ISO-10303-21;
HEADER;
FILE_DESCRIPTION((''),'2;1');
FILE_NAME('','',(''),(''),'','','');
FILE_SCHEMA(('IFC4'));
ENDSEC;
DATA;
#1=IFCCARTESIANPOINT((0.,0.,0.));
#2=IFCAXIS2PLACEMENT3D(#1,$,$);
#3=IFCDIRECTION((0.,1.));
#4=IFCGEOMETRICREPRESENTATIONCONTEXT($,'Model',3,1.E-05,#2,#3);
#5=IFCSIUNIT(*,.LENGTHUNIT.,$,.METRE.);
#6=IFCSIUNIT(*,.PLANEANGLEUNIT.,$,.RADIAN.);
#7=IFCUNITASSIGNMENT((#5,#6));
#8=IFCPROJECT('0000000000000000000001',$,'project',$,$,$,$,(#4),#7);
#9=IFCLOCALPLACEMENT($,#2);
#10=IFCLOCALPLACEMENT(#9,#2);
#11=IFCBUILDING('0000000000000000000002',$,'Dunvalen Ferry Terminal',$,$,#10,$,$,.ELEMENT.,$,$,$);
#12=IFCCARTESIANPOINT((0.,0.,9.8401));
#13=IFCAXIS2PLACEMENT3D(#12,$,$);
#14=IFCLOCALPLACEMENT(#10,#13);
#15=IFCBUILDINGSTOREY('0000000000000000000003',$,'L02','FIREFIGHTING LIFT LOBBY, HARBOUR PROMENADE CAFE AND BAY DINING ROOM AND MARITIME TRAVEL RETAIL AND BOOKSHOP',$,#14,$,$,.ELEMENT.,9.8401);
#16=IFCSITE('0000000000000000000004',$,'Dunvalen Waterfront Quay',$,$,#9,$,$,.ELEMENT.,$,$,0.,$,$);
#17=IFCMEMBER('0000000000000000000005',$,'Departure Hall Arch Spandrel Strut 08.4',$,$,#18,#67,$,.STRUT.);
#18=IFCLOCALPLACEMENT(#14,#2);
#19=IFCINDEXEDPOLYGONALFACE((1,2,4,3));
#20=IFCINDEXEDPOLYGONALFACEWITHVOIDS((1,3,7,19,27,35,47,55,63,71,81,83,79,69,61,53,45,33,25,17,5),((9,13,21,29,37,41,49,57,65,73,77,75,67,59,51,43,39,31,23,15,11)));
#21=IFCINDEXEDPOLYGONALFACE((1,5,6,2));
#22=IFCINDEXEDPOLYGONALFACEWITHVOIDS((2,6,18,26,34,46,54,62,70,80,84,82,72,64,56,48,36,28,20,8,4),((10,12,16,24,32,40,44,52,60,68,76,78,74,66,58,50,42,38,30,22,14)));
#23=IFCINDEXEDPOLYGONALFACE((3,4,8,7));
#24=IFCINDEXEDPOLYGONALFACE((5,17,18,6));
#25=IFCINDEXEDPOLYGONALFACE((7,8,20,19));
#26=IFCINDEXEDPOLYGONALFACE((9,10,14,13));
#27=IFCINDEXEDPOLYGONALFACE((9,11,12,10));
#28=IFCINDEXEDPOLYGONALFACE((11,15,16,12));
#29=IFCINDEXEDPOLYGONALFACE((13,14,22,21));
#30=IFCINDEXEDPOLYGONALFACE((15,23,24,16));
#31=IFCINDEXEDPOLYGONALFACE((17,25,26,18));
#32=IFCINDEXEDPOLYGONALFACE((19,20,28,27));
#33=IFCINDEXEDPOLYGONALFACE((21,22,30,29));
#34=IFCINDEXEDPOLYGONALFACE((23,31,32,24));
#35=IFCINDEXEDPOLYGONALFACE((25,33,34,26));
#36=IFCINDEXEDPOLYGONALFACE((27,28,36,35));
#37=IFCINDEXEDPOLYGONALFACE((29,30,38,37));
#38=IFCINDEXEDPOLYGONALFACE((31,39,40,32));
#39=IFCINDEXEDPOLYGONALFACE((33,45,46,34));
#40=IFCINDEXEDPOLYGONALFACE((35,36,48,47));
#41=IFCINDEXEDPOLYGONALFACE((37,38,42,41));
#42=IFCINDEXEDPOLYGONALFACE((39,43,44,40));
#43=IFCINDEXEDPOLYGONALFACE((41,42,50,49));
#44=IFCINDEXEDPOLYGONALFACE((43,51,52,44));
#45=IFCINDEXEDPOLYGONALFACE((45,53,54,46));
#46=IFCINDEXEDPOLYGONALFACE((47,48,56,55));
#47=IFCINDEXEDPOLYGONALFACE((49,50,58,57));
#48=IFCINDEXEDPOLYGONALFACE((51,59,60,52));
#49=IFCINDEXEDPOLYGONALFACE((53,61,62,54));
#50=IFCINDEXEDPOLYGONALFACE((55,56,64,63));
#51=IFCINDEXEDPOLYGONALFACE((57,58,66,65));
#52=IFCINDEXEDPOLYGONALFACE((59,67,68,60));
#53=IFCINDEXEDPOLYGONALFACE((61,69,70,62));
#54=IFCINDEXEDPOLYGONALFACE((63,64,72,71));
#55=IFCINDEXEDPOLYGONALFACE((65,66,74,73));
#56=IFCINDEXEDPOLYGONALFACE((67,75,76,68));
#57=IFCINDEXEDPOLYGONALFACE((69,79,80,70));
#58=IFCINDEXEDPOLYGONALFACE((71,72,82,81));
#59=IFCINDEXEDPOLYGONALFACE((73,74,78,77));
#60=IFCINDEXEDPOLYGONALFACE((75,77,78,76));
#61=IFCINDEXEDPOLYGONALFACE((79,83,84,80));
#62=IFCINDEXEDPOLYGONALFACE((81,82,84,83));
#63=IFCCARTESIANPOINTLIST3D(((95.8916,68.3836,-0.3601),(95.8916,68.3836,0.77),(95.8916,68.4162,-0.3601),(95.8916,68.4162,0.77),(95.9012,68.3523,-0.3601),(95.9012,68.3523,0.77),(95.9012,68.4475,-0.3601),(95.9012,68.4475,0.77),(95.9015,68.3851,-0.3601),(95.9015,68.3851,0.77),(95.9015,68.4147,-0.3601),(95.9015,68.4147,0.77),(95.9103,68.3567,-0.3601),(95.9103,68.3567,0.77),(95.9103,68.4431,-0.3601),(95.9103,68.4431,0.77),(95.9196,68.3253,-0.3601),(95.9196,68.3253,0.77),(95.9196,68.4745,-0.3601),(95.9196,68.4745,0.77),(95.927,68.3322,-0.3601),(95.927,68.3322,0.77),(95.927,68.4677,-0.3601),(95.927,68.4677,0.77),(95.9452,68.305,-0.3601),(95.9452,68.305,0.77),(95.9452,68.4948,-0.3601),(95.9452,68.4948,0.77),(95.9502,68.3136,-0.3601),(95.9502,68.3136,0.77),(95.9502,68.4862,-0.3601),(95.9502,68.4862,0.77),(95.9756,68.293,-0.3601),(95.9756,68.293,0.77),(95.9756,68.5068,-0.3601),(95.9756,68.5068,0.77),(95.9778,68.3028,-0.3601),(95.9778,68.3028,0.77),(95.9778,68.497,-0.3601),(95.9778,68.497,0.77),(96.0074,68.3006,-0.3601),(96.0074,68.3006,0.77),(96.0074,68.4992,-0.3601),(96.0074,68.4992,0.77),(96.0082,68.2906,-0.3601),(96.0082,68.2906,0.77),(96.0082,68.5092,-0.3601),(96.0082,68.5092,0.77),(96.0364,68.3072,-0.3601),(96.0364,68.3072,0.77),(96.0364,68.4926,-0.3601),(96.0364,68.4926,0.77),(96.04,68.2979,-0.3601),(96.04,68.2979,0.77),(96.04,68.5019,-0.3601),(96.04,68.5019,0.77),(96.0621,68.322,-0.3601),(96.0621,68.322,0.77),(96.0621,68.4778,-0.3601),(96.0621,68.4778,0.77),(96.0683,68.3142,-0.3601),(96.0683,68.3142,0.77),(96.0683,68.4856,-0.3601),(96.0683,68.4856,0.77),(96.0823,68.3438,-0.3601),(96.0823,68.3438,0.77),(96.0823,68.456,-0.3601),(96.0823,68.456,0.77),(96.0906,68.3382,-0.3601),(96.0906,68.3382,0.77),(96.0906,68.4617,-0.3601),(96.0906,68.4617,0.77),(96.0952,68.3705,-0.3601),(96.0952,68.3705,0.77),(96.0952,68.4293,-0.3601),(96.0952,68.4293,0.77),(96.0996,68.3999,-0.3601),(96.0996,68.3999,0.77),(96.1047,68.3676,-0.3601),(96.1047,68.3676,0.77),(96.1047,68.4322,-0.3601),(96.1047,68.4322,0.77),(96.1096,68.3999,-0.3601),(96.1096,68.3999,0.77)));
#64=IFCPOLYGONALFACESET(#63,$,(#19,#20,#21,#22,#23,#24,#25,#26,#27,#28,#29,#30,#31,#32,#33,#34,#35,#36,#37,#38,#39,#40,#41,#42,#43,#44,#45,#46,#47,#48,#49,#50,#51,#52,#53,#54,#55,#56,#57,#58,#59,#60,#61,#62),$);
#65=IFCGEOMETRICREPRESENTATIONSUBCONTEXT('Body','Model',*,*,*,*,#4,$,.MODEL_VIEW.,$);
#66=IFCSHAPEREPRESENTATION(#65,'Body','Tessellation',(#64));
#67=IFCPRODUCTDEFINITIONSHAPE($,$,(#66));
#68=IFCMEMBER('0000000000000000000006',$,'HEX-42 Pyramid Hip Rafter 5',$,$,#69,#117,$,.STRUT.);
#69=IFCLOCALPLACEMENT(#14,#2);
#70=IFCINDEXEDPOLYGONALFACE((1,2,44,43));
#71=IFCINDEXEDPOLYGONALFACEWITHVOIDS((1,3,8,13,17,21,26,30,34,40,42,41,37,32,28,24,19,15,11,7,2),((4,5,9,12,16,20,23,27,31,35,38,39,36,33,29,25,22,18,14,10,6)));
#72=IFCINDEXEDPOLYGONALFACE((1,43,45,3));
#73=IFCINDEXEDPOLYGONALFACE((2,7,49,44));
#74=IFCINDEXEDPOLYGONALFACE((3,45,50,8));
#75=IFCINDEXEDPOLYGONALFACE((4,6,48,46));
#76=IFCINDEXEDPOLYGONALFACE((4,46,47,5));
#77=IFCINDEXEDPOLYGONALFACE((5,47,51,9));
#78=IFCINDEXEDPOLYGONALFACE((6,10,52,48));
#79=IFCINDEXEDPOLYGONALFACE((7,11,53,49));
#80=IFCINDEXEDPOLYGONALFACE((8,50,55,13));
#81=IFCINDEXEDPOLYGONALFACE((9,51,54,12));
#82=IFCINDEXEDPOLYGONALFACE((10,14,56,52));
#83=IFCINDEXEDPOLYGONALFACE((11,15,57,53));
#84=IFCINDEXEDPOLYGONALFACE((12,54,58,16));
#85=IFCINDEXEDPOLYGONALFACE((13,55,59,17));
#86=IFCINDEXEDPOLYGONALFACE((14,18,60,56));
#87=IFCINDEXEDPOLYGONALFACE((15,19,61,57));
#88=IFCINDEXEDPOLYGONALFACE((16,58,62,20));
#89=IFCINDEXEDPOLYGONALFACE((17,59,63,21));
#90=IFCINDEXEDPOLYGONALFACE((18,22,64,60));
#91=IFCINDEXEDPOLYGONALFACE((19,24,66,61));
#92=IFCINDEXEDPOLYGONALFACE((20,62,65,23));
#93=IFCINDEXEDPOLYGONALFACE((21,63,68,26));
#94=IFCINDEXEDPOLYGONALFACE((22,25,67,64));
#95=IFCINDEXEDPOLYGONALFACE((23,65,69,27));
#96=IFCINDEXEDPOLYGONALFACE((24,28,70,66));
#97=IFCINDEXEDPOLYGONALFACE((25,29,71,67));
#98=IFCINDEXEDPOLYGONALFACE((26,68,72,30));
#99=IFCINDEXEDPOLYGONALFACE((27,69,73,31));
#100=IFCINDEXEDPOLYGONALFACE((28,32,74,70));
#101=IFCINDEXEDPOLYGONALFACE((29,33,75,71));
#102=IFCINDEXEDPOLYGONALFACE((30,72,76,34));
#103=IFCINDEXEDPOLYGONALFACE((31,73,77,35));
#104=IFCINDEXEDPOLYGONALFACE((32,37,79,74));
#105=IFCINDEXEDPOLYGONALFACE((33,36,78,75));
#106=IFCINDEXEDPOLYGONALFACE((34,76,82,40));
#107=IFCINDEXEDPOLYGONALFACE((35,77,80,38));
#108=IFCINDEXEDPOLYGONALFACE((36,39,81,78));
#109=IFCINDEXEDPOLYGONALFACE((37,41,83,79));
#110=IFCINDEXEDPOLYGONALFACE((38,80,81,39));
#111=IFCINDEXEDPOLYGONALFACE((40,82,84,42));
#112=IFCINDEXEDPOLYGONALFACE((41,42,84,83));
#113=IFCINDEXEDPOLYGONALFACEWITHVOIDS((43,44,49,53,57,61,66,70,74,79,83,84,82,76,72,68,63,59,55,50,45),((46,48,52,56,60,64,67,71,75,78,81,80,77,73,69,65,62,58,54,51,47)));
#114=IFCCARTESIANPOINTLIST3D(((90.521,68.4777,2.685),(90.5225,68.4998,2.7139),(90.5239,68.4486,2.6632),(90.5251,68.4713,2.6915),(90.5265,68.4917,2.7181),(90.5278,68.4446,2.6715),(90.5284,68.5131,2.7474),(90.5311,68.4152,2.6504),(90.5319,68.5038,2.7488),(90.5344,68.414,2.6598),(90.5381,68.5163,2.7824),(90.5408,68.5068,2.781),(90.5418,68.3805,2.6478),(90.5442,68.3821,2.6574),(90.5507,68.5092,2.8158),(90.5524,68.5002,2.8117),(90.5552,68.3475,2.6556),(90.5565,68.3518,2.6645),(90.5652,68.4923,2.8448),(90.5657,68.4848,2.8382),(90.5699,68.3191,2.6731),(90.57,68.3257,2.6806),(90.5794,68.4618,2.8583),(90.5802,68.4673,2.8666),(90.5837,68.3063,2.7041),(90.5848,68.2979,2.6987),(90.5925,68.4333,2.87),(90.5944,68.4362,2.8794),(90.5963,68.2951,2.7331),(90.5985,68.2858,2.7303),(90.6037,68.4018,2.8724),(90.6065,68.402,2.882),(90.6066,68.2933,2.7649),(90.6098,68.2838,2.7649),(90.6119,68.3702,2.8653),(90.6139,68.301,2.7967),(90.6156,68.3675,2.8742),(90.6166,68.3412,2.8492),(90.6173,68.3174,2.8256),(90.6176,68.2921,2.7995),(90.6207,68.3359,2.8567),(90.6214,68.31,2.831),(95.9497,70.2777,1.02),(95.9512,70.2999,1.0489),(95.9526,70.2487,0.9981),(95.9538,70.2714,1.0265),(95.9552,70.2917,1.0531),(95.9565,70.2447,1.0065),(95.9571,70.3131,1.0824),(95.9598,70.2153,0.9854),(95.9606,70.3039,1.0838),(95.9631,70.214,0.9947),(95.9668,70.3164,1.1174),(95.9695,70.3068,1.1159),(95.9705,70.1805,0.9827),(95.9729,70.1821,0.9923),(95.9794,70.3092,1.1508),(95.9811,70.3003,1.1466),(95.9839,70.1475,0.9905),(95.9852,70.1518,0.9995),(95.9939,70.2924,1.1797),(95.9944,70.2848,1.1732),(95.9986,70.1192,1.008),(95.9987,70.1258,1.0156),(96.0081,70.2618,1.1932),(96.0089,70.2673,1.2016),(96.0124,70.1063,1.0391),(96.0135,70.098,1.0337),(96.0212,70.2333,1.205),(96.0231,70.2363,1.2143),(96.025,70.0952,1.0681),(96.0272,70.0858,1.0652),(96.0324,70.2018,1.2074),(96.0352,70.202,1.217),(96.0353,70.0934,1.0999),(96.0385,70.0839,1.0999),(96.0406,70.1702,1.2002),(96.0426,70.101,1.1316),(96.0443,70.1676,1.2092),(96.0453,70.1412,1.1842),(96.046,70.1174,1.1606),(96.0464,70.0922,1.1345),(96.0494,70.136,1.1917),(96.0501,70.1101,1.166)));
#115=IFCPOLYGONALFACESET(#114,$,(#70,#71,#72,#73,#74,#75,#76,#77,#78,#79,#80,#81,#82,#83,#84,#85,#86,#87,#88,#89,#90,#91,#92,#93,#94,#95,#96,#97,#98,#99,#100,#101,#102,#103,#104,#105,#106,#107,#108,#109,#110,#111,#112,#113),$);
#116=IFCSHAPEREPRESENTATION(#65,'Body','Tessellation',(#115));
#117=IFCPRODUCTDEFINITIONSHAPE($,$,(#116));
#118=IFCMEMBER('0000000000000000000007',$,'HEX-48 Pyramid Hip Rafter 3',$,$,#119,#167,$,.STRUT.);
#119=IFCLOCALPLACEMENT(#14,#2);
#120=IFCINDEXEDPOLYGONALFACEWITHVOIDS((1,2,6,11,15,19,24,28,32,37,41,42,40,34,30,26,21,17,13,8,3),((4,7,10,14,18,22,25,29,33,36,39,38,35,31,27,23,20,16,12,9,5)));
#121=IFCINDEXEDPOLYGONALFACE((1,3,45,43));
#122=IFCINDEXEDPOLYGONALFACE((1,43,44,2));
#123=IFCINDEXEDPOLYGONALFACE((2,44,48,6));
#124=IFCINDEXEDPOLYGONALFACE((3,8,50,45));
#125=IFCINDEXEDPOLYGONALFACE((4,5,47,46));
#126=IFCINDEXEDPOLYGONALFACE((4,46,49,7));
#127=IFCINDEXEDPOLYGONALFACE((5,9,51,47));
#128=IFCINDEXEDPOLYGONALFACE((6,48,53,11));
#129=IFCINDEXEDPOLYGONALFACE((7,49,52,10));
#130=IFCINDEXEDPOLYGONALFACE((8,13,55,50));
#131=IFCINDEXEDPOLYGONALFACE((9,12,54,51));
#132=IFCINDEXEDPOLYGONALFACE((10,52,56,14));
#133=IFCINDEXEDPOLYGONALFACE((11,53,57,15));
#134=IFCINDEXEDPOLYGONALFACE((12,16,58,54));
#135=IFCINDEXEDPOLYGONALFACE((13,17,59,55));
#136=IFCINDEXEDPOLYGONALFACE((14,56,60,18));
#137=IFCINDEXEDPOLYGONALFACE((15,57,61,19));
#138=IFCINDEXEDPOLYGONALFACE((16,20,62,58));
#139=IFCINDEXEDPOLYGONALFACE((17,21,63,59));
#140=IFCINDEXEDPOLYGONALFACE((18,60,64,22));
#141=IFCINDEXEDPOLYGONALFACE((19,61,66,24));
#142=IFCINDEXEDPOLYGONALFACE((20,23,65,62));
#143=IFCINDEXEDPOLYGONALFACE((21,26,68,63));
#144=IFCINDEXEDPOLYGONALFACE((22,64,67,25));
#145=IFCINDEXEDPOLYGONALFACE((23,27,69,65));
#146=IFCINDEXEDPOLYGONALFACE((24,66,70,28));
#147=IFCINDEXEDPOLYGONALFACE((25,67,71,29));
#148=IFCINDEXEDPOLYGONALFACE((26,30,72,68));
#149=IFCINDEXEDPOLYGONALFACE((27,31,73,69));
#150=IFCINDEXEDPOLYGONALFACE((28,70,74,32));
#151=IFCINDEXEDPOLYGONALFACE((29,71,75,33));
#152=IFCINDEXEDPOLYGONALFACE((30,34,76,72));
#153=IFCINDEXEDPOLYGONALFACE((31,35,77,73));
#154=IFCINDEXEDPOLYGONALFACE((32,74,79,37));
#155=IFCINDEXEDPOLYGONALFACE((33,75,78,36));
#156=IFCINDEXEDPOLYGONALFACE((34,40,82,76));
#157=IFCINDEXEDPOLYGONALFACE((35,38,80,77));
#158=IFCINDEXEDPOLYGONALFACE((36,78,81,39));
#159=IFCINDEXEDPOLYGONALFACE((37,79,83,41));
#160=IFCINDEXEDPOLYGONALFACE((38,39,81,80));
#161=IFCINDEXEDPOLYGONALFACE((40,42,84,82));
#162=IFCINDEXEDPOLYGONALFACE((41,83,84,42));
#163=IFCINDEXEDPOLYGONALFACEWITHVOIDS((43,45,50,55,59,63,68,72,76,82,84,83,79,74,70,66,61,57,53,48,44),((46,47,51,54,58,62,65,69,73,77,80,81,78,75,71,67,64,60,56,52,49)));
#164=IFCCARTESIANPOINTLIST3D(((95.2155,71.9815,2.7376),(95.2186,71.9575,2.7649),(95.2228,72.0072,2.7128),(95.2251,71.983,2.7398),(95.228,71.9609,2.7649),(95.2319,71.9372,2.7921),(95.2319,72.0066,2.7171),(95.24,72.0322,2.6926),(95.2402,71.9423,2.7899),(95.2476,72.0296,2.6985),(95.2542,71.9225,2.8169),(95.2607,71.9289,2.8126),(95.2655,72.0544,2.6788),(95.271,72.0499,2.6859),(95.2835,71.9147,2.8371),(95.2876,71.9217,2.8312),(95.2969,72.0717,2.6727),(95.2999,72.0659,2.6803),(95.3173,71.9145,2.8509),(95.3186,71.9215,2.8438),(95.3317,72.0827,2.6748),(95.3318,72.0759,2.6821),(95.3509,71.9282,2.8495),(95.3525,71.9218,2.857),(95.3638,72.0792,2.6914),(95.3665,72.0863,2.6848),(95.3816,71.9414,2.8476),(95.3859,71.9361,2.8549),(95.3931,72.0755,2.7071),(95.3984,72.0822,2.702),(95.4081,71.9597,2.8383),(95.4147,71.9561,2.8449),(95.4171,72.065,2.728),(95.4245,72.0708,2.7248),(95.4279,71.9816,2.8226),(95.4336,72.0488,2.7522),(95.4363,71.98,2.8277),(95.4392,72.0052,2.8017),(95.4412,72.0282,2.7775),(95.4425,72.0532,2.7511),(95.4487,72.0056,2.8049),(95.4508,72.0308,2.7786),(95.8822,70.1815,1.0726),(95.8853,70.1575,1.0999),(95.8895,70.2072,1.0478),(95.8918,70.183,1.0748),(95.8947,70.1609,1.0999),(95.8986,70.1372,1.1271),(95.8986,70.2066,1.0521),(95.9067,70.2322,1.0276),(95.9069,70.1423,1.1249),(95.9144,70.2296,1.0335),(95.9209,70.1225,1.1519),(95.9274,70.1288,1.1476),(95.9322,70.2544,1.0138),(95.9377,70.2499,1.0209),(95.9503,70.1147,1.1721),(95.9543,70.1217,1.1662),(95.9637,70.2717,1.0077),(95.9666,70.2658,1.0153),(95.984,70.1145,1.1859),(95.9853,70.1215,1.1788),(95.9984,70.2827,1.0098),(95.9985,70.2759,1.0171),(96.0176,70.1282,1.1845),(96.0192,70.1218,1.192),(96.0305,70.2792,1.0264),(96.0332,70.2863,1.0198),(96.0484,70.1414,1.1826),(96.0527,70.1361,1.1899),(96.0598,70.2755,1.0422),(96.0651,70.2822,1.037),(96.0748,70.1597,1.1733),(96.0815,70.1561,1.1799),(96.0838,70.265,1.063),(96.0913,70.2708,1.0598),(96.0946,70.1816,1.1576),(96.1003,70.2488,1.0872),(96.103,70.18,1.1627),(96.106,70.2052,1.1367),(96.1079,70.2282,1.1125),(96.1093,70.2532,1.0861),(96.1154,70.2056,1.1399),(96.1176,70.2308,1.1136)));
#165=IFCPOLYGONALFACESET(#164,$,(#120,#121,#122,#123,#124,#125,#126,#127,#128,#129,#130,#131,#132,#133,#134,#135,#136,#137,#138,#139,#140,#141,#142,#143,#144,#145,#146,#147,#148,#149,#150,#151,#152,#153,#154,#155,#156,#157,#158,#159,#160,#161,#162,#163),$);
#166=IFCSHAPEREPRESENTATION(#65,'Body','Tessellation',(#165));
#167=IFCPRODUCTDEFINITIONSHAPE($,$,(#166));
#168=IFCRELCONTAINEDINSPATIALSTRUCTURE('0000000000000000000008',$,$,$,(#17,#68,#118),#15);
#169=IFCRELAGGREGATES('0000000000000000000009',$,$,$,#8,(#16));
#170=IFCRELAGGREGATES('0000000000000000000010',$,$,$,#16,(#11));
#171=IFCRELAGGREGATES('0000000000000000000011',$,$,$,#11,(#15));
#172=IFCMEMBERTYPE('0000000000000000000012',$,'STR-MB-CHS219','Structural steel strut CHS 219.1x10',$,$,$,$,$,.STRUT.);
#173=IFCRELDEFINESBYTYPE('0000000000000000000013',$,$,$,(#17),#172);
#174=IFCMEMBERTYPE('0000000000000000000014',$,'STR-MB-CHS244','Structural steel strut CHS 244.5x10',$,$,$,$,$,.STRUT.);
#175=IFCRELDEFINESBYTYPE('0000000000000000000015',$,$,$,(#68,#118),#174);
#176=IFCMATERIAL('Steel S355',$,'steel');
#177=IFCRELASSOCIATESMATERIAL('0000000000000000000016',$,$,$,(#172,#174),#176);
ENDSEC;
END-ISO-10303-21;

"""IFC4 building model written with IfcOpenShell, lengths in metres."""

from ifc_helpers import new_model, si_unit, direction, frame, origin, origin_2d, place, context, subcontext, project, spatial, hollow_circle, extrude, material, material_profile, profile_set, type_object, element, save


model = new_model("IFC4")

# Units and contexts
model_context = context("Model", 3, precision=1e-05, world=origin(), true_north=direction((0.0, 1.0)))
body_context = subcontext(model_context, "Body", "Model", "MODEL_VIEW")
ifc_project = project(units=[si_unit("LENGTHUNIT", "METRE"), si_unit("PLANEANGLEUNIT", "RADIAN")], contexts=[model_context])

# Site, building, storey
site_placement = place(None, origin())
site = spatial("IfcSite", under=ifc_project, at=site_placement, Name="Dunvalen Waterfront Quay", CompositionType="ELEMENT", RefElevation=0.0)
building_placement = place(site_placement, origin())
building = spatial("IfcBuilding", under=site, at=building_placement, Name="Dunvalen Ferry Terminal", CompositionType="ELEMENT")
storey_placement = place(building_placement, frame((0.0, 0.0, 9.8401)))
storey = spatial("IfcBuildingStorey", under=building, at=storey_placement, Name="L02", Description="FIREFIGHTING LIFT LOBBY, HARBOUR PROMENADE CAFE AND BAY DINING ROOM AND MARITIME TRAVEL RETAIL AND BOOKSHOP", CompositionType="ELEMENT", Elevation=9.8401)

# Shared definitions
ifc_material_1 = material(Name="Steel S355", Category="steel")

# Members
ifc_material_profile_1 = material_profile(ifc_material_1, hollow_circle(Radius=0.1096, WallThickness=0.01, at=origin_2d()), Name="Steel S355")
ifc_profile_set_1 = profile_set([ifc_material_profile_1], Name="Steel S355")
member_type_1 = type_object("IfcMemberType", Name="STR-MB-CHS219", Description="Structural steel strut CHS 219.1x10", PredefinedType="STRUT", material=ifc_profile_set_1)
member_1_placement = place(storey_placement, frame((96.0, 68.3999, -0.3601), z_axis=(0.0, 0.0, 1.0), x_axis=(1.0, 0.0, 0.0)))
element("IfcMember", 1, at=member_1_placement, inside=storey, type_object=member_type_1, Name="Departure Hall Arch Spandrel Strut 08.4", PredefinedType="STRUT", context=body_context, shape_type="SweptSolid", body=[
    extrude(hollow_circle(Radius=0.1096, WallThickness=0.01, at=origin_2d()), origin(), (0.0, 0.0, 1.0), 1.1301),
])
ifc_material_profile_2 = material_profile(ifc_material_1, hollow_circle(Radius=0.1223, WallThickness=0.01, at=origin_2d()), Name="Steel S355")
ifc_profile_set_2 = profile_set([ifc_material_profile_2], Name="Steel S355")
member_type_2 = type_object("IfcMemberType", Name="STR-MB-CHS244", Description="Structural steel strut CHS 244.5x10", PredefinedType="STRUT", material=ifc_profile_set_2)
member_2_placement = place(storey_placement, frame((96.0, 70.2, 1.0999), z_axis=(-0.911347, -0.302184, 0.279519), x_axis=(0.314729, -0.949182, 0.0)))
element("IfcMember", 2, at=member_2_placement, inside=storey, type_object=member_type_2, Name="HEX-42 Pyramid Hip Rafter 5", PredefinedType="STRUT", context=body_context, shape_type="SweptSolid", body=[
    extrude(hollow_circle(Radius=0.1223, WallThickness=0.01, at=origin_2d()), origin(), (0.0, 0.0, 1.0), 5.9568),
])
member_3_placement = place(storey_placement, frame((96.0, 70.2, 1.0999), z_axis=(-0.262388, 0.70838, 0.655249), x_axis=(-0.937738, -0.347343, 0.0)))
element("IfcMember", 3, at=member_3_placement, inside=storey, type_object=member_type_2, Name="HEX-48 Pyramid Hip Rafter 3", PredefinedType="STRUT", context=body_context, shape_type="SweptSolid", body=[
    extrude(hollow_circle(Radius=0.1223, WallThickness=0.01, at=origin_2d()), origin(), (0.0, 0.0, 1.0), 2.541),
])

save(model, "model.ifc")
